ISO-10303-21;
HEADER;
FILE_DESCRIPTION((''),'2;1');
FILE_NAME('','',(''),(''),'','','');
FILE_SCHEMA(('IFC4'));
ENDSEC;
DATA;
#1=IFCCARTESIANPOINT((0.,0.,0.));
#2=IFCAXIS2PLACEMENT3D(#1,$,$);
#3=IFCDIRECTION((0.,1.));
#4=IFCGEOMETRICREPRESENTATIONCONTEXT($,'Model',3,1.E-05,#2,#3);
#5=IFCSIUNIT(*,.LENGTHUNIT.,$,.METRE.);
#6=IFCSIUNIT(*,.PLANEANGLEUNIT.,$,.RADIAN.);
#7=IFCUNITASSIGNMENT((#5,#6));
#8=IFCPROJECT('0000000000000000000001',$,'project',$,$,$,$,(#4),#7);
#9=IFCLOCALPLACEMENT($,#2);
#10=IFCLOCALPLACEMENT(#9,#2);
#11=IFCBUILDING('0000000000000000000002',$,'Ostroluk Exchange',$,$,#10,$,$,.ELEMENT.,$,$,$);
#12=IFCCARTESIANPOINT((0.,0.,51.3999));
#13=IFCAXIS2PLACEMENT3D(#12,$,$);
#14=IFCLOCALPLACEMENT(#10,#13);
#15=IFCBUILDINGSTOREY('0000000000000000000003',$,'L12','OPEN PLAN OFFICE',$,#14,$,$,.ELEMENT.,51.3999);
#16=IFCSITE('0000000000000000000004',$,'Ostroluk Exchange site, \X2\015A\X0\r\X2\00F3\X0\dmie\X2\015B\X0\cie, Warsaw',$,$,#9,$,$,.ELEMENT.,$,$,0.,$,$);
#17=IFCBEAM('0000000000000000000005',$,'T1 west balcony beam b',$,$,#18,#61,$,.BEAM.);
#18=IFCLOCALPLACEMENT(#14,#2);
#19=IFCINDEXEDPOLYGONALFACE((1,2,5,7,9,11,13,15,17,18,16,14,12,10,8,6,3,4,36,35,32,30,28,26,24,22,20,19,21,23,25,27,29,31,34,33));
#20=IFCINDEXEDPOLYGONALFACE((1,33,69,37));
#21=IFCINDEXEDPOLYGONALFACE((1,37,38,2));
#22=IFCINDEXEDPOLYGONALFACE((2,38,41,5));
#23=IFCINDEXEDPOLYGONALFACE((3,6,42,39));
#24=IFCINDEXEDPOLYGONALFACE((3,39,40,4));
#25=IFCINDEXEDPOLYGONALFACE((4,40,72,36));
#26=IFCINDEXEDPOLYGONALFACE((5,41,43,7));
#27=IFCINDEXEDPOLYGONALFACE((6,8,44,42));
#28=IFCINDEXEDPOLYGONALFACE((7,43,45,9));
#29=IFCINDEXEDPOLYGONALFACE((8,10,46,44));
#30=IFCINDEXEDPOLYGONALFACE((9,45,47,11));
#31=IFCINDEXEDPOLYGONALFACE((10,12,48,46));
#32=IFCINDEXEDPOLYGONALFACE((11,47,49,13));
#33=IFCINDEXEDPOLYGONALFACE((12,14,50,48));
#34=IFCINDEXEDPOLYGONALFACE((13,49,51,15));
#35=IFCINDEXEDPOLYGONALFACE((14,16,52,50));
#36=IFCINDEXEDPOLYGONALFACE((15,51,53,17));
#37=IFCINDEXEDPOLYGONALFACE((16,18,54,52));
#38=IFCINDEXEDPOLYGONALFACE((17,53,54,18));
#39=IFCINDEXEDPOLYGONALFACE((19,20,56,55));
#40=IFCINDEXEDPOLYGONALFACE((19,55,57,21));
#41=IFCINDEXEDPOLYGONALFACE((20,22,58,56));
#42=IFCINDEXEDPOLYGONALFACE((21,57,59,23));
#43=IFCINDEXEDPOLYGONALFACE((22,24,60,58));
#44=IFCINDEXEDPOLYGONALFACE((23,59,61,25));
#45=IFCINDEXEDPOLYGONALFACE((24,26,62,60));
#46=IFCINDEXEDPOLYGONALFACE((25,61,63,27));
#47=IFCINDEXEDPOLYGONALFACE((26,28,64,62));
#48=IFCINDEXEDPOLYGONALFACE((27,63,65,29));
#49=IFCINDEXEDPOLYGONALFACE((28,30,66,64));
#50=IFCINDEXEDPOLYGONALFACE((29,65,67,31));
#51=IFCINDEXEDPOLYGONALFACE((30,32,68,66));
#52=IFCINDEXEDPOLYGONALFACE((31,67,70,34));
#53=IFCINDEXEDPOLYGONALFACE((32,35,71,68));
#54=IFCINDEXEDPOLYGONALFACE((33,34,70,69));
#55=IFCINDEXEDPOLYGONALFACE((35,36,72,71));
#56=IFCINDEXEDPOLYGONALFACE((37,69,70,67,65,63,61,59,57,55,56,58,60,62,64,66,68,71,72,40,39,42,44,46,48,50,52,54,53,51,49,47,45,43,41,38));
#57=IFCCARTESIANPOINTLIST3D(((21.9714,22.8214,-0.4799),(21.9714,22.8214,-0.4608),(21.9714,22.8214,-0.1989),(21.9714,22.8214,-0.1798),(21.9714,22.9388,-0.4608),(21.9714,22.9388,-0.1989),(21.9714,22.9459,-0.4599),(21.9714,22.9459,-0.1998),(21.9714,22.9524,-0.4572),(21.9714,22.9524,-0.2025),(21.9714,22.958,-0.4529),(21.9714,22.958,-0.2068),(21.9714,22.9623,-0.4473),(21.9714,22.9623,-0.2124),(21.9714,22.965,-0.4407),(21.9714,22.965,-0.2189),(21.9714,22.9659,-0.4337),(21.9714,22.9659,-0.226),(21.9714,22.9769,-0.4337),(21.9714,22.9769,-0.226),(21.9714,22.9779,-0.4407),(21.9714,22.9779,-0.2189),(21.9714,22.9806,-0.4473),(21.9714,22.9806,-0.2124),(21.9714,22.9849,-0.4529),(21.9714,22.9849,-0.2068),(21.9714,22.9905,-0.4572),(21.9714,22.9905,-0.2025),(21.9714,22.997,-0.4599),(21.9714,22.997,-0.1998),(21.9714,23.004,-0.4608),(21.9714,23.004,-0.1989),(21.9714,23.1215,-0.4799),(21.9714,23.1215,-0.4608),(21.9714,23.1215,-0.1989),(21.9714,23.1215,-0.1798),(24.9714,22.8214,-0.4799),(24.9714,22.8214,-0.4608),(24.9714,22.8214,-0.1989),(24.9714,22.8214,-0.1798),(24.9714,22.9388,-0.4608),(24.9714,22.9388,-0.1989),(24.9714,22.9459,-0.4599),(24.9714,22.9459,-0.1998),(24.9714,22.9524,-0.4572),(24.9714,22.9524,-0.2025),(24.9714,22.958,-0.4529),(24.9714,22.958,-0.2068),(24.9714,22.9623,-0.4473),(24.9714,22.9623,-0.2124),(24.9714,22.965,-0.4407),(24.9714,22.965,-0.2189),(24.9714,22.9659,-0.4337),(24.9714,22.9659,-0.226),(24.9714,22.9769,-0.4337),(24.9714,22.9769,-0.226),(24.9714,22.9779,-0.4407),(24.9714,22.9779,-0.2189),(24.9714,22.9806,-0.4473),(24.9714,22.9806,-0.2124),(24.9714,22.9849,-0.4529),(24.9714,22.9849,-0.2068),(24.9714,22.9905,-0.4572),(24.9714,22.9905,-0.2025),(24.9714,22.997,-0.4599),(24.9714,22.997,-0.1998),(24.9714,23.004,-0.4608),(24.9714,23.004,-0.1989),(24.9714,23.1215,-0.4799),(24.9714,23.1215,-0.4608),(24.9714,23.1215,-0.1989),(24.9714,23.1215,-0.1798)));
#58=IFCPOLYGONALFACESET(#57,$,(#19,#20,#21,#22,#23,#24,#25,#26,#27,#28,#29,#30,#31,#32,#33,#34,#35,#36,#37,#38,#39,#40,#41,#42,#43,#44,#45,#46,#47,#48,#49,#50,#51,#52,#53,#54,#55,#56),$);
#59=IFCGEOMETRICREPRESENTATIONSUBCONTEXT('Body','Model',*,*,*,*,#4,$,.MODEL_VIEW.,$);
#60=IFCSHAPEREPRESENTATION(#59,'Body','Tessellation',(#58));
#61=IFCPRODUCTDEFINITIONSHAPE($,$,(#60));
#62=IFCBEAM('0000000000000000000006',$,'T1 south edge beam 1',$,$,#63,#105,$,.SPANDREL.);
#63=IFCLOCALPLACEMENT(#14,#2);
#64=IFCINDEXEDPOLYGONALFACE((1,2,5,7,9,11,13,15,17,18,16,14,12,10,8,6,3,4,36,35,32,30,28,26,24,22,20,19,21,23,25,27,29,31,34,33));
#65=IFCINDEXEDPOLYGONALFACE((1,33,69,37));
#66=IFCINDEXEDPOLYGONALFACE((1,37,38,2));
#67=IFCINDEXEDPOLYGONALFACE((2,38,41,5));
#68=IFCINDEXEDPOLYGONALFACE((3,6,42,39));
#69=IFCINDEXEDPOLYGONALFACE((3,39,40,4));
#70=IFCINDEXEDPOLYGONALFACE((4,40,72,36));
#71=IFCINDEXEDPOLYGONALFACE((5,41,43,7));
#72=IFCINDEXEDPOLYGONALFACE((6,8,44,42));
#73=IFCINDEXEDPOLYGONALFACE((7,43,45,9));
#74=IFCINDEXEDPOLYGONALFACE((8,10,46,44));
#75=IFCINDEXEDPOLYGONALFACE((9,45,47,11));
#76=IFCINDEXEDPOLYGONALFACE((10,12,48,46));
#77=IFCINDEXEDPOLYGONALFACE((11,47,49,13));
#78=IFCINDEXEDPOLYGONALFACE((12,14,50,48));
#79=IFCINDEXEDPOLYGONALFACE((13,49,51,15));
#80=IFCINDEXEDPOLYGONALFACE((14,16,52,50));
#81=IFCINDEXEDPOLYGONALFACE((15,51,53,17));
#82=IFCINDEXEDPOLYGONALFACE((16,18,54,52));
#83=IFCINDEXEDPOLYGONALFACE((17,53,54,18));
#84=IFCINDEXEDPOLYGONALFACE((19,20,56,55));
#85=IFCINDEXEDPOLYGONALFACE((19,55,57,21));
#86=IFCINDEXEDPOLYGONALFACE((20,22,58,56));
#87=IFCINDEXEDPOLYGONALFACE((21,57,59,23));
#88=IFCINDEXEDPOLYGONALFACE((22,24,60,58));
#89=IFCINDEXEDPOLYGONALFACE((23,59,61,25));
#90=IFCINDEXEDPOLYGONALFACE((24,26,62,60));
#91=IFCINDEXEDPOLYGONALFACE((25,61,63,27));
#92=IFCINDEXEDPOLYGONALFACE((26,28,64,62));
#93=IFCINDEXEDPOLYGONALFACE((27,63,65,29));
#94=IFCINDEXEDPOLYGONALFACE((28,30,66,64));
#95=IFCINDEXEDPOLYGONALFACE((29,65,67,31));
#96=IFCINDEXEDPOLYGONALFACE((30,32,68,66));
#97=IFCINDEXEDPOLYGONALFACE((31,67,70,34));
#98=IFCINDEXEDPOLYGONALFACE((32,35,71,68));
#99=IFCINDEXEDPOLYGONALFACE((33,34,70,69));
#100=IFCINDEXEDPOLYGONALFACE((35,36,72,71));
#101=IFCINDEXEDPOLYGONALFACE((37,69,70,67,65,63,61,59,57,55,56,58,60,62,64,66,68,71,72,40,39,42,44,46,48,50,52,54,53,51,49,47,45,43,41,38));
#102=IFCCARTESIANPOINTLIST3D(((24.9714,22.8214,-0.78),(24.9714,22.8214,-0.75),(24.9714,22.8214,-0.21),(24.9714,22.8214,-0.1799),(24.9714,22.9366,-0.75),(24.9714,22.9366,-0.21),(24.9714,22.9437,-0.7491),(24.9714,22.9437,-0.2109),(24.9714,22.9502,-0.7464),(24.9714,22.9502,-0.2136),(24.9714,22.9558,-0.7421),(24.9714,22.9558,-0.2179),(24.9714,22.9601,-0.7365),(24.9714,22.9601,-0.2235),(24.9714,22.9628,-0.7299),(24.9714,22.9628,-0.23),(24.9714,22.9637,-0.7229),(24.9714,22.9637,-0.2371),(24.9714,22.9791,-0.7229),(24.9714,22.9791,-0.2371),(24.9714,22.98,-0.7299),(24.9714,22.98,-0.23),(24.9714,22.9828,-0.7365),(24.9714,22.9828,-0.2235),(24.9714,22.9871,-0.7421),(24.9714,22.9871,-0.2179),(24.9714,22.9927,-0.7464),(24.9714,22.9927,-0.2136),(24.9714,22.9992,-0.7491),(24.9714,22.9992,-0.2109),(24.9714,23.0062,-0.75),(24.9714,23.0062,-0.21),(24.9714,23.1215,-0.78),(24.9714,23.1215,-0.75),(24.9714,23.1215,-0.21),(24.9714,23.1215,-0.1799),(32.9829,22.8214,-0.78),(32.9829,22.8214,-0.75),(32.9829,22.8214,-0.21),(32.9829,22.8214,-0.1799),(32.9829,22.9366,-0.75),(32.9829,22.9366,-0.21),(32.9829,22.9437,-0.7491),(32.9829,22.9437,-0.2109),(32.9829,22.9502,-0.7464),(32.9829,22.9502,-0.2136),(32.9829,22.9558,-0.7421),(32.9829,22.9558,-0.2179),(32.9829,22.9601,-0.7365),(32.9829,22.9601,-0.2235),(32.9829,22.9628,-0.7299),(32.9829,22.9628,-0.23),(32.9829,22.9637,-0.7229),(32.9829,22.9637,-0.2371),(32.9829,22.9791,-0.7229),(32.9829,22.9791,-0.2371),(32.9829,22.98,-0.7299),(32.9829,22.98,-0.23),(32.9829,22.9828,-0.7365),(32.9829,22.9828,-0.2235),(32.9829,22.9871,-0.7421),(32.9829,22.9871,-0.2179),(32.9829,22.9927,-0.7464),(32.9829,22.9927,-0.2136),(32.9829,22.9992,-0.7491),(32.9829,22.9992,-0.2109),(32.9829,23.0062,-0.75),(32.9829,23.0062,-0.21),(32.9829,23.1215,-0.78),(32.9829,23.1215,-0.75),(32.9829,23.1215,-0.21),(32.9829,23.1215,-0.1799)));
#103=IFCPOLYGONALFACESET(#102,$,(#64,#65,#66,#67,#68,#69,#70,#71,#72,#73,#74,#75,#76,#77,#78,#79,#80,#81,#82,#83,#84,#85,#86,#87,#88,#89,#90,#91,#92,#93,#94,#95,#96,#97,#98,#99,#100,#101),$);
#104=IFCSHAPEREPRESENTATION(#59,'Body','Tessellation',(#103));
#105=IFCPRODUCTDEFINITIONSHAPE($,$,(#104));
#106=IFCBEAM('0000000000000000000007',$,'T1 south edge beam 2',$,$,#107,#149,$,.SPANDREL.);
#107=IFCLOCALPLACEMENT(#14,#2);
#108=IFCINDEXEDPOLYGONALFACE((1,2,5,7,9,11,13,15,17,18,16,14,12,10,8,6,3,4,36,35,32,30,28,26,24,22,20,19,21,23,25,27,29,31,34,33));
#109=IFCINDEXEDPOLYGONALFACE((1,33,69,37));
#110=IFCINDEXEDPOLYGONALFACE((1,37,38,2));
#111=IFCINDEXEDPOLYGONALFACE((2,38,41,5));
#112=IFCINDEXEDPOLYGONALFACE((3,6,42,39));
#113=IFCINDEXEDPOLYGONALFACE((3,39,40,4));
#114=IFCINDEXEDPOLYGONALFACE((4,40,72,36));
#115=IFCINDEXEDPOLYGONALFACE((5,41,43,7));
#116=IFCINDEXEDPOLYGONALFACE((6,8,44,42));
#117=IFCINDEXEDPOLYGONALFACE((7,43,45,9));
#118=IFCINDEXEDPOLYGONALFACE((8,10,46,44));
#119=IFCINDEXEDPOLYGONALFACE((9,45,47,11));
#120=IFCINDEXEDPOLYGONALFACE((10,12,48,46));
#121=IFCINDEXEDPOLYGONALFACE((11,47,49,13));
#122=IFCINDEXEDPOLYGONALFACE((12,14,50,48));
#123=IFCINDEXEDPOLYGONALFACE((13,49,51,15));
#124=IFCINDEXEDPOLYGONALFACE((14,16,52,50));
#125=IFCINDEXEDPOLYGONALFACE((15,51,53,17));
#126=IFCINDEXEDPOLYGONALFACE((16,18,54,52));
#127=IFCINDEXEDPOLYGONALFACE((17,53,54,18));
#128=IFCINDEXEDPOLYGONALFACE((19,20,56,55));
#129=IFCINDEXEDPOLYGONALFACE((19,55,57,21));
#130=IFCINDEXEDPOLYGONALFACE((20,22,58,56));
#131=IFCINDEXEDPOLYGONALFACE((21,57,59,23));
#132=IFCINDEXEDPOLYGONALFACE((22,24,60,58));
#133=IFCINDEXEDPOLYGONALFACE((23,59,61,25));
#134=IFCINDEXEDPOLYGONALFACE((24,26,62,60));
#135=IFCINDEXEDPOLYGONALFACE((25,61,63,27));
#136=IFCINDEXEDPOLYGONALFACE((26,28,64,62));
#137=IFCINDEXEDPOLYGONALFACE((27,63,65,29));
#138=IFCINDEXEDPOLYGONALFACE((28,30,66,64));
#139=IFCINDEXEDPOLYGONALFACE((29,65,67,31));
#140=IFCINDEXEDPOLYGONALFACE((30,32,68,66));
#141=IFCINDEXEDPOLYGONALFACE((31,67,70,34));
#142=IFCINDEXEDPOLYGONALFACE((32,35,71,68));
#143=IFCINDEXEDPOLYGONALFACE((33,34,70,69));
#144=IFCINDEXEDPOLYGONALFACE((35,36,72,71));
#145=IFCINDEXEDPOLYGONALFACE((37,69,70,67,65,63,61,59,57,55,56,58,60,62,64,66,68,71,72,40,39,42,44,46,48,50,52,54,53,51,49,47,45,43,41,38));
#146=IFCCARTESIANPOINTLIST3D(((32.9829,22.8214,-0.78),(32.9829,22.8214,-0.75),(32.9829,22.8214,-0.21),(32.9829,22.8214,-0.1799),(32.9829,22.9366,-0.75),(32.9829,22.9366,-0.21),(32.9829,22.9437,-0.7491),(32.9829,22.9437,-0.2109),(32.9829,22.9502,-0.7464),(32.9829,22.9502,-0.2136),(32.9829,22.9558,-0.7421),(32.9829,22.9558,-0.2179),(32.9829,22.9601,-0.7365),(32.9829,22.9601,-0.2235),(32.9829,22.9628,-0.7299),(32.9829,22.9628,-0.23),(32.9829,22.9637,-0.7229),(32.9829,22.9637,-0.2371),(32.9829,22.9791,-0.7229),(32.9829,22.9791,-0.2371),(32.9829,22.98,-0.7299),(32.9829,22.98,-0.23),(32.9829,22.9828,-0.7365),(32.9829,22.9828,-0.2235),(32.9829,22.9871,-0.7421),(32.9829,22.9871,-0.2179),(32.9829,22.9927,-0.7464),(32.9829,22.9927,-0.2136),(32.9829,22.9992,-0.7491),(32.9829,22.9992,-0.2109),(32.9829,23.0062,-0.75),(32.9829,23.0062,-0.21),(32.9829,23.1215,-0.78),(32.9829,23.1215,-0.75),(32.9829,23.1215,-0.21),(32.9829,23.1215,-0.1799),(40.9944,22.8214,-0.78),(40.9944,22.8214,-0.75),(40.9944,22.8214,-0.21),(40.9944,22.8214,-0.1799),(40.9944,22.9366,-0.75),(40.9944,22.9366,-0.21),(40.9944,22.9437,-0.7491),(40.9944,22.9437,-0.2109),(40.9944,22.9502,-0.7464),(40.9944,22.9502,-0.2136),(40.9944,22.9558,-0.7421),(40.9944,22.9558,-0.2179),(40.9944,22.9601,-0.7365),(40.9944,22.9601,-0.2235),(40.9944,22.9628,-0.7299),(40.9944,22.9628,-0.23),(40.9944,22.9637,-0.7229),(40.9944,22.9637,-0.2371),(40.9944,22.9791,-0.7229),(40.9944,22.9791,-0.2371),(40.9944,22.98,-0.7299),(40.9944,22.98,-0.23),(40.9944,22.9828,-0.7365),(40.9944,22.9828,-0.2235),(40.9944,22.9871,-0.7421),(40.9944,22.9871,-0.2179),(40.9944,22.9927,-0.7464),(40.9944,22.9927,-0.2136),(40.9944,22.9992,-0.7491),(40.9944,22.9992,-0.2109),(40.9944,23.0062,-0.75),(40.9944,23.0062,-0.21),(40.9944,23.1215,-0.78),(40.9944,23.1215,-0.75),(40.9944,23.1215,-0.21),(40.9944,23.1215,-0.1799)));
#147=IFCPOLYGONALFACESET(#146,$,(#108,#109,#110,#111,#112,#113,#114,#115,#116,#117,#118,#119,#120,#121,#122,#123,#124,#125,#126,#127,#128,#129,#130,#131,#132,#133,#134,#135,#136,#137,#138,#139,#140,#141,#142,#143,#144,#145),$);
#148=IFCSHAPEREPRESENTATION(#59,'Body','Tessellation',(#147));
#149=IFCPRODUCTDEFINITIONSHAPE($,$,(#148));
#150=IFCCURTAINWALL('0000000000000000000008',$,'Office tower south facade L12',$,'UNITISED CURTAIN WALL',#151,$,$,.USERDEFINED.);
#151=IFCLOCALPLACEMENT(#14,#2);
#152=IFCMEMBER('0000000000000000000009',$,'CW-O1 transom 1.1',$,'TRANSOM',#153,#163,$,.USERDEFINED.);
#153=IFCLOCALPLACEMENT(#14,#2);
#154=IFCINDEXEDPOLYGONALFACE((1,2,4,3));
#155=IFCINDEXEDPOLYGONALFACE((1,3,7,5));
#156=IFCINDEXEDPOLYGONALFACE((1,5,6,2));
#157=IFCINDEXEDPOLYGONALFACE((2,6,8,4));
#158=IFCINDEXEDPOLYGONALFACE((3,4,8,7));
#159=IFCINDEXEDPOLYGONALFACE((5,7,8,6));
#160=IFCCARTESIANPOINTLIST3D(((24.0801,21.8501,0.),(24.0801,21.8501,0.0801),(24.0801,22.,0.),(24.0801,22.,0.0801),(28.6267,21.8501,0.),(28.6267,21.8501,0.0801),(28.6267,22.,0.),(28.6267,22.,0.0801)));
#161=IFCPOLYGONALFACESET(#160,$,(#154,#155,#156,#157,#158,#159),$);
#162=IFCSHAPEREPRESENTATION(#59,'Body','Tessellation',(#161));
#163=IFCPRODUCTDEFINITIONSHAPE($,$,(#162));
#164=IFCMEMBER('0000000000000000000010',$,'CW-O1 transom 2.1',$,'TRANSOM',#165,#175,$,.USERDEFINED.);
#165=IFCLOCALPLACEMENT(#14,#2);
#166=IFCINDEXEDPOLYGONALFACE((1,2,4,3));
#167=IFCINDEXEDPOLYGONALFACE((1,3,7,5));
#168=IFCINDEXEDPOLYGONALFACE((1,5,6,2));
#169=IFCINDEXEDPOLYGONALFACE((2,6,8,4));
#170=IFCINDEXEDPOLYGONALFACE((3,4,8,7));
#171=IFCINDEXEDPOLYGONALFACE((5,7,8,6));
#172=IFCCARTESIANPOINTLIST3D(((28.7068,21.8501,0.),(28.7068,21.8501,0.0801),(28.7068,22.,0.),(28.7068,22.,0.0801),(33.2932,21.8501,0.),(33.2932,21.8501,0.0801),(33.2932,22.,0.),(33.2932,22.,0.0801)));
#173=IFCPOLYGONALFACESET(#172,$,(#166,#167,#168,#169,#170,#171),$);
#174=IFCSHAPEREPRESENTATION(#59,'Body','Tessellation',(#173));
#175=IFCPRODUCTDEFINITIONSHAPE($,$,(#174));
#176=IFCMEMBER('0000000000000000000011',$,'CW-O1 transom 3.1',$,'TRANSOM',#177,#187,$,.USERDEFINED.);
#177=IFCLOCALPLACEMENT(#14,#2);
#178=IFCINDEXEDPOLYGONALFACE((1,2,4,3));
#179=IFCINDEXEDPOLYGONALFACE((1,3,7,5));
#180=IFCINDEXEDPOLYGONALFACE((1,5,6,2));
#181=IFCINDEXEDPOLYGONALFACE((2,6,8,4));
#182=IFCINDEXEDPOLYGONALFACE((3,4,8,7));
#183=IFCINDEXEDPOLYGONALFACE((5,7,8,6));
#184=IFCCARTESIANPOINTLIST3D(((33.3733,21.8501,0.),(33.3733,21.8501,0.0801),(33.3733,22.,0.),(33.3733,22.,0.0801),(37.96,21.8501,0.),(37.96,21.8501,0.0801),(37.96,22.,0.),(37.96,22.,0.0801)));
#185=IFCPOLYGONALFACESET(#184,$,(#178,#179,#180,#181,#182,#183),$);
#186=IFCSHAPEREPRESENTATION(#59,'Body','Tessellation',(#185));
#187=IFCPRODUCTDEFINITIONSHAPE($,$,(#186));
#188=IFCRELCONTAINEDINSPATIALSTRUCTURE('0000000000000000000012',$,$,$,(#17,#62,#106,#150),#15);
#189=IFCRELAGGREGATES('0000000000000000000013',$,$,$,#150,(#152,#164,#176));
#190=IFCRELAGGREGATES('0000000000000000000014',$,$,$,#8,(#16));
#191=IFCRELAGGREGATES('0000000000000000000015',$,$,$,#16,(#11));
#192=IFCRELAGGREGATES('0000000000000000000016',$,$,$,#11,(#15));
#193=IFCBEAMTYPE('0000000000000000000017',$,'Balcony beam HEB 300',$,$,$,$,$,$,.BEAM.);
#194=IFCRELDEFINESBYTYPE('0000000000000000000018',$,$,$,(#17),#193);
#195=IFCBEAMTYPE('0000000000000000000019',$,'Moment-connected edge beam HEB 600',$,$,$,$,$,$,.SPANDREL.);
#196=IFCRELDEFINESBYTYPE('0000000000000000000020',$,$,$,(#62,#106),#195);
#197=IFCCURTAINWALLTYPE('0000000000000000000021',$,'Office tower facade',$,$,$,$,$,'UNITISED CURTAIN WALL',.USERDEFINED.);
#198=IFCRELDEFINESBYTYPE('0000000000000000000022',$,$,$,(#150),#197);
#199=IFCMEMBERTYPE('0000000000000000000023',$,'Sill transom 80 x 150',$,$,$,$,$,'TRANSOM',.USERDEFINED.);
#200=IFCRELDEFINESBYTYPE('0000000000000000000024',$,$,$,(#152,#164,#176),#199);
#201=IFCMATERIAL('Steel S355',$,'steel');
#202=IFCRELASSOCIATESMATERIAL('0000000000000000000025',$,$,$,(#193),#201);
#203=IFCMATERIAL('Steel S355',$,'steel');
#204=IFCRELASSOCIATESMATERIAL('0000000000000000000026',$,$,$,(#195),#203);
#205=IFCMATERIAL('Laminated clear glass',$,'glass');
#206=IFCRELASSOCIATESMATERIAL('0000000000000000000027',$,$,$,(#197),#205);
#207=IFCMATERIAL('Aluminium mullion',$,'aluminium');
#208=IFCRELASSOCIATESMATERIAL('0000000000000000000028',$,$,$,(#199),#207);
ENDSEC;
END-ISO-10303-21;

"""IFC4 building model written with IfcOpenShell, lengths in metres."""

from ifc_helpers import new_model, si_unit, direction, frame, origin, origin_2d, place, context, subcontext, project, spatial, rectangle, i_section, extrude, material, material_profile, profile_set, type_object, element, aggregate, save


model = new_model("IFC4")

# Units and contexts
model_context = context("Model", 3, precision=1e-05, world=origin(), true_north=direction((0.0, 1.0)))
body_context = subcontext(model_context, "Body", "Model", "MODEL_VIEW")
ifc_project = project(units=[si_unit("LENGTHUNIT", "METRE"), si_unit("PLANEANGLEUNIT", "RADIAN")], contexts=[model_context])

# Site, building, storey
site_placement = place(None, origin())
site = spatial("IfcSite", under=ifc_project, at=site_placement, Name="Ostroluk Exchange site, Śródmieście, Warsaw", CompositionType="ELEMENT", RefElevation=0.0)
building_placement = place(site_placement, origin())
building = spatial("IfcBuilding", under=site, at=building_placement, Name="Ostroluk Exchange", CompositionType="ELEMENT")
storey_placement = place(building_placement, frame((0.0, 0.0, 51.3999)))
storey = spatial("IfcBuildingStorey", under=building, at=storey_placement, Name="L12", Description="OPEN PLAN OFFICE", CompositionType="ELEMENT", Elevation=51.3999)

# Beams
ifc_material_1 = material(Name="Steel S355", Category="steel")
ifc_material_profile_1 = material_profile(ifc_material_1, i_section(OverallWidth=0.3, OverallDepth=0.3, WebThickness=0.011, FlangeThickness=0.019, FilletRadius=0.0271, at=origin_2d()), Name="HEB 300")
ifc_profile_set_1 = profile_set([ifc_material_profile_1], Name="Steel S355")
beam_type_1 = type_object("IfcBeamType", Name="Balcony beam HEB 300", PredefinedType="BEAM", material=ifc_profile_set_1)
beam_placement = place(storey_placement, frame((24.9714, 22.9714, -0.3298), z_axis=(-1.0, 0.0, 0.0), x_axis=(0.0, -1.0, 0.0)))
element("IfcBeam", 1, at=beam_placement, inside=storey, type_object=beam_type_1, Name="T1 west balcony beam b", PredefinedType="BEAM", context=body_context, shape_type="SweptSolid", body=[
    extrude(i_section(OverallWidth=0.3, OverallDepth=0.3, WebThickness=0.011, FlangeThickness=0.019, FilletRadius=0.0271, at=origin_2d()), origin(), (0.0, 0.0, 1.0), 3.0),
])
ifc_material_2 = material(Name="Steel S355", Category="steel")
ifc_material_profile_2 = material_profile(ifc_material_2, i_section(OverallWidth=0.3, OverallDepth=0.6001, WebThickness=0.0154, FlangeThickness=0.03, FilletRadius=0.0271, at=origin_2d()), Name="HEB 600")
ifc_profile_set_2 = profile_set([ifc_material_profile_2], Name="Steel S355")
beam_type_2 = type_object("IfcBeamType", Name="Moment-connected edge beam HEB 600", PredefinedType="SPANDREL", material=ifc_profile_set_2)
for number, where, z_axis, x_axis, name in (
    (2, (24.9714, 22.9714, -0.48), (1.0, 0.0, 0.0), (0.0, 1.0, 0.0), "T1 south edge beam 1"),
    (3, (32.9829, 22.9714, -0.48), (1.0, 0.0, 0.0), (0.0, 1.0, 0.0), "T1 south edge beam 2"),
):
    element("IfcBeam", number, at=place(storey_placement, frame(where, z_axis=z_axis, x_axis=x_axis)), inside=storey, type_object=beam_type_2, Name=name, PredefinedType="SPANDREL", context=body_context, shape_type="SweptSolid", body=[
        extrude(i_section(OverallWidth=0.3, OverallDepth=0.6001, WebThickness=0.0154, FlangeThickness=0.03, FilletRadius=0.0271, at=origin_2d()), origin(), (0.0, 0.0, 1.0), 8.0115),
    ])

# Curtain wall, members
ifc_material_3 = material(Name="Laminated clear glass", Category="glass")
curtain_wall_type = type_object("IfcCurtainWallType", Name="Office tower facade", ElementType="UNITISED CURTAIN WALL", PredefinedType="USERDEFINED", material=ifc_material_3)
curtain_wall_placement = place(storey_placement, origin())
curtain_wall = element("IfcCurtainWall", 4, at=curtain_wall_placement, inside=storey, type_object=curtain_wall_type, Name="Office tower south facade L12", ObjectType="UNITISED CURTAIN WALL", PredefinedType="USERDEFINED")
ifc_material_4 = material(Name="Aluminium mullion", Category="aluminium")
ifc_material_profile_3 = material_profile(ifc_material_4, rectangle(XDim=0.1499, YDim=0.0801, at=origin_2d()), Name="Sill transom 80 x 150")
ifc_profile_set_3 = profile_set([ifc_material_profile_3], Name="Aluminium mullion")
member_type_1 = type_object("IfcMemberType", Name="Sill transom 80 x 150", ElementType="TRANSOM", PredefinedType="USERDEFINED", material=ifc_profile_set_3)
member_1_placement = place(storey_placement, frame((24.0801, 21.925, 0.04), z_axis=(1.0, 0.0, 0.0), x_axis=(0.0, 1.0, 0.0)))
member_1 = element("IfcMember", 5, at=member_1_placement, type_object=member_type_1, Name="CW-O1 transom 1.1", ObjectType="TRANSOM", PredefinedType="USERDEFINED", context=body_context, shape_type="SweptSolid", body=[
    extrude(rectangle(XDim=0.1499, YDim=0.0801, at=origin_2d()), origin(), (0.0, 0.0, 1.0), 4.5466),
])
member_2_placement = place(storey_placement, frame((28.7068, 21.925, 0.04), z_axis=(1.0, 0.0, 0.0), x_axis=(0.0, 1.0, 0.0)))
member_2 = element("IfcMember", 6, at=member_2_placement, type_object=member_type_1, Name="CW-O1 transom 2.1", ObjectType="TRANSOM", PredefinedType="USERDEFINED", context=body_context, shape_type="SweptSolid", body=[
    extrude(rectangle(XDim=0.1499, YDim=0.0801, at=origin_2d()), origin(), (0.0, 0.0, 1.0), 4.5864),
])
member_3_placement = place(storey_placement, frame((33.3733, 21.925, 0.04), z_axis=(1.0, 0.0, 0.0), x_axis=(0.0, 1.0, 0.0)))
member_3 = element("IfcMember", 7, at=member_3_placement, type_object=member_type_1, Name="CW-O1 transom 3.1", ObjectType="TRANSOM", PredefinedType="USERDEFINED", context=body_context, shape_type="SweptSolid", body=[
    extrude(rectangle(XDim=0.1499, YDim=0.0801, at=origin_2d()), origin(), (0.0, 0.0, 1.0), 4.5867),
])

aggregate(curtain_wall, [member_1, member_2, member_3])

save(model, "model.ifc")
